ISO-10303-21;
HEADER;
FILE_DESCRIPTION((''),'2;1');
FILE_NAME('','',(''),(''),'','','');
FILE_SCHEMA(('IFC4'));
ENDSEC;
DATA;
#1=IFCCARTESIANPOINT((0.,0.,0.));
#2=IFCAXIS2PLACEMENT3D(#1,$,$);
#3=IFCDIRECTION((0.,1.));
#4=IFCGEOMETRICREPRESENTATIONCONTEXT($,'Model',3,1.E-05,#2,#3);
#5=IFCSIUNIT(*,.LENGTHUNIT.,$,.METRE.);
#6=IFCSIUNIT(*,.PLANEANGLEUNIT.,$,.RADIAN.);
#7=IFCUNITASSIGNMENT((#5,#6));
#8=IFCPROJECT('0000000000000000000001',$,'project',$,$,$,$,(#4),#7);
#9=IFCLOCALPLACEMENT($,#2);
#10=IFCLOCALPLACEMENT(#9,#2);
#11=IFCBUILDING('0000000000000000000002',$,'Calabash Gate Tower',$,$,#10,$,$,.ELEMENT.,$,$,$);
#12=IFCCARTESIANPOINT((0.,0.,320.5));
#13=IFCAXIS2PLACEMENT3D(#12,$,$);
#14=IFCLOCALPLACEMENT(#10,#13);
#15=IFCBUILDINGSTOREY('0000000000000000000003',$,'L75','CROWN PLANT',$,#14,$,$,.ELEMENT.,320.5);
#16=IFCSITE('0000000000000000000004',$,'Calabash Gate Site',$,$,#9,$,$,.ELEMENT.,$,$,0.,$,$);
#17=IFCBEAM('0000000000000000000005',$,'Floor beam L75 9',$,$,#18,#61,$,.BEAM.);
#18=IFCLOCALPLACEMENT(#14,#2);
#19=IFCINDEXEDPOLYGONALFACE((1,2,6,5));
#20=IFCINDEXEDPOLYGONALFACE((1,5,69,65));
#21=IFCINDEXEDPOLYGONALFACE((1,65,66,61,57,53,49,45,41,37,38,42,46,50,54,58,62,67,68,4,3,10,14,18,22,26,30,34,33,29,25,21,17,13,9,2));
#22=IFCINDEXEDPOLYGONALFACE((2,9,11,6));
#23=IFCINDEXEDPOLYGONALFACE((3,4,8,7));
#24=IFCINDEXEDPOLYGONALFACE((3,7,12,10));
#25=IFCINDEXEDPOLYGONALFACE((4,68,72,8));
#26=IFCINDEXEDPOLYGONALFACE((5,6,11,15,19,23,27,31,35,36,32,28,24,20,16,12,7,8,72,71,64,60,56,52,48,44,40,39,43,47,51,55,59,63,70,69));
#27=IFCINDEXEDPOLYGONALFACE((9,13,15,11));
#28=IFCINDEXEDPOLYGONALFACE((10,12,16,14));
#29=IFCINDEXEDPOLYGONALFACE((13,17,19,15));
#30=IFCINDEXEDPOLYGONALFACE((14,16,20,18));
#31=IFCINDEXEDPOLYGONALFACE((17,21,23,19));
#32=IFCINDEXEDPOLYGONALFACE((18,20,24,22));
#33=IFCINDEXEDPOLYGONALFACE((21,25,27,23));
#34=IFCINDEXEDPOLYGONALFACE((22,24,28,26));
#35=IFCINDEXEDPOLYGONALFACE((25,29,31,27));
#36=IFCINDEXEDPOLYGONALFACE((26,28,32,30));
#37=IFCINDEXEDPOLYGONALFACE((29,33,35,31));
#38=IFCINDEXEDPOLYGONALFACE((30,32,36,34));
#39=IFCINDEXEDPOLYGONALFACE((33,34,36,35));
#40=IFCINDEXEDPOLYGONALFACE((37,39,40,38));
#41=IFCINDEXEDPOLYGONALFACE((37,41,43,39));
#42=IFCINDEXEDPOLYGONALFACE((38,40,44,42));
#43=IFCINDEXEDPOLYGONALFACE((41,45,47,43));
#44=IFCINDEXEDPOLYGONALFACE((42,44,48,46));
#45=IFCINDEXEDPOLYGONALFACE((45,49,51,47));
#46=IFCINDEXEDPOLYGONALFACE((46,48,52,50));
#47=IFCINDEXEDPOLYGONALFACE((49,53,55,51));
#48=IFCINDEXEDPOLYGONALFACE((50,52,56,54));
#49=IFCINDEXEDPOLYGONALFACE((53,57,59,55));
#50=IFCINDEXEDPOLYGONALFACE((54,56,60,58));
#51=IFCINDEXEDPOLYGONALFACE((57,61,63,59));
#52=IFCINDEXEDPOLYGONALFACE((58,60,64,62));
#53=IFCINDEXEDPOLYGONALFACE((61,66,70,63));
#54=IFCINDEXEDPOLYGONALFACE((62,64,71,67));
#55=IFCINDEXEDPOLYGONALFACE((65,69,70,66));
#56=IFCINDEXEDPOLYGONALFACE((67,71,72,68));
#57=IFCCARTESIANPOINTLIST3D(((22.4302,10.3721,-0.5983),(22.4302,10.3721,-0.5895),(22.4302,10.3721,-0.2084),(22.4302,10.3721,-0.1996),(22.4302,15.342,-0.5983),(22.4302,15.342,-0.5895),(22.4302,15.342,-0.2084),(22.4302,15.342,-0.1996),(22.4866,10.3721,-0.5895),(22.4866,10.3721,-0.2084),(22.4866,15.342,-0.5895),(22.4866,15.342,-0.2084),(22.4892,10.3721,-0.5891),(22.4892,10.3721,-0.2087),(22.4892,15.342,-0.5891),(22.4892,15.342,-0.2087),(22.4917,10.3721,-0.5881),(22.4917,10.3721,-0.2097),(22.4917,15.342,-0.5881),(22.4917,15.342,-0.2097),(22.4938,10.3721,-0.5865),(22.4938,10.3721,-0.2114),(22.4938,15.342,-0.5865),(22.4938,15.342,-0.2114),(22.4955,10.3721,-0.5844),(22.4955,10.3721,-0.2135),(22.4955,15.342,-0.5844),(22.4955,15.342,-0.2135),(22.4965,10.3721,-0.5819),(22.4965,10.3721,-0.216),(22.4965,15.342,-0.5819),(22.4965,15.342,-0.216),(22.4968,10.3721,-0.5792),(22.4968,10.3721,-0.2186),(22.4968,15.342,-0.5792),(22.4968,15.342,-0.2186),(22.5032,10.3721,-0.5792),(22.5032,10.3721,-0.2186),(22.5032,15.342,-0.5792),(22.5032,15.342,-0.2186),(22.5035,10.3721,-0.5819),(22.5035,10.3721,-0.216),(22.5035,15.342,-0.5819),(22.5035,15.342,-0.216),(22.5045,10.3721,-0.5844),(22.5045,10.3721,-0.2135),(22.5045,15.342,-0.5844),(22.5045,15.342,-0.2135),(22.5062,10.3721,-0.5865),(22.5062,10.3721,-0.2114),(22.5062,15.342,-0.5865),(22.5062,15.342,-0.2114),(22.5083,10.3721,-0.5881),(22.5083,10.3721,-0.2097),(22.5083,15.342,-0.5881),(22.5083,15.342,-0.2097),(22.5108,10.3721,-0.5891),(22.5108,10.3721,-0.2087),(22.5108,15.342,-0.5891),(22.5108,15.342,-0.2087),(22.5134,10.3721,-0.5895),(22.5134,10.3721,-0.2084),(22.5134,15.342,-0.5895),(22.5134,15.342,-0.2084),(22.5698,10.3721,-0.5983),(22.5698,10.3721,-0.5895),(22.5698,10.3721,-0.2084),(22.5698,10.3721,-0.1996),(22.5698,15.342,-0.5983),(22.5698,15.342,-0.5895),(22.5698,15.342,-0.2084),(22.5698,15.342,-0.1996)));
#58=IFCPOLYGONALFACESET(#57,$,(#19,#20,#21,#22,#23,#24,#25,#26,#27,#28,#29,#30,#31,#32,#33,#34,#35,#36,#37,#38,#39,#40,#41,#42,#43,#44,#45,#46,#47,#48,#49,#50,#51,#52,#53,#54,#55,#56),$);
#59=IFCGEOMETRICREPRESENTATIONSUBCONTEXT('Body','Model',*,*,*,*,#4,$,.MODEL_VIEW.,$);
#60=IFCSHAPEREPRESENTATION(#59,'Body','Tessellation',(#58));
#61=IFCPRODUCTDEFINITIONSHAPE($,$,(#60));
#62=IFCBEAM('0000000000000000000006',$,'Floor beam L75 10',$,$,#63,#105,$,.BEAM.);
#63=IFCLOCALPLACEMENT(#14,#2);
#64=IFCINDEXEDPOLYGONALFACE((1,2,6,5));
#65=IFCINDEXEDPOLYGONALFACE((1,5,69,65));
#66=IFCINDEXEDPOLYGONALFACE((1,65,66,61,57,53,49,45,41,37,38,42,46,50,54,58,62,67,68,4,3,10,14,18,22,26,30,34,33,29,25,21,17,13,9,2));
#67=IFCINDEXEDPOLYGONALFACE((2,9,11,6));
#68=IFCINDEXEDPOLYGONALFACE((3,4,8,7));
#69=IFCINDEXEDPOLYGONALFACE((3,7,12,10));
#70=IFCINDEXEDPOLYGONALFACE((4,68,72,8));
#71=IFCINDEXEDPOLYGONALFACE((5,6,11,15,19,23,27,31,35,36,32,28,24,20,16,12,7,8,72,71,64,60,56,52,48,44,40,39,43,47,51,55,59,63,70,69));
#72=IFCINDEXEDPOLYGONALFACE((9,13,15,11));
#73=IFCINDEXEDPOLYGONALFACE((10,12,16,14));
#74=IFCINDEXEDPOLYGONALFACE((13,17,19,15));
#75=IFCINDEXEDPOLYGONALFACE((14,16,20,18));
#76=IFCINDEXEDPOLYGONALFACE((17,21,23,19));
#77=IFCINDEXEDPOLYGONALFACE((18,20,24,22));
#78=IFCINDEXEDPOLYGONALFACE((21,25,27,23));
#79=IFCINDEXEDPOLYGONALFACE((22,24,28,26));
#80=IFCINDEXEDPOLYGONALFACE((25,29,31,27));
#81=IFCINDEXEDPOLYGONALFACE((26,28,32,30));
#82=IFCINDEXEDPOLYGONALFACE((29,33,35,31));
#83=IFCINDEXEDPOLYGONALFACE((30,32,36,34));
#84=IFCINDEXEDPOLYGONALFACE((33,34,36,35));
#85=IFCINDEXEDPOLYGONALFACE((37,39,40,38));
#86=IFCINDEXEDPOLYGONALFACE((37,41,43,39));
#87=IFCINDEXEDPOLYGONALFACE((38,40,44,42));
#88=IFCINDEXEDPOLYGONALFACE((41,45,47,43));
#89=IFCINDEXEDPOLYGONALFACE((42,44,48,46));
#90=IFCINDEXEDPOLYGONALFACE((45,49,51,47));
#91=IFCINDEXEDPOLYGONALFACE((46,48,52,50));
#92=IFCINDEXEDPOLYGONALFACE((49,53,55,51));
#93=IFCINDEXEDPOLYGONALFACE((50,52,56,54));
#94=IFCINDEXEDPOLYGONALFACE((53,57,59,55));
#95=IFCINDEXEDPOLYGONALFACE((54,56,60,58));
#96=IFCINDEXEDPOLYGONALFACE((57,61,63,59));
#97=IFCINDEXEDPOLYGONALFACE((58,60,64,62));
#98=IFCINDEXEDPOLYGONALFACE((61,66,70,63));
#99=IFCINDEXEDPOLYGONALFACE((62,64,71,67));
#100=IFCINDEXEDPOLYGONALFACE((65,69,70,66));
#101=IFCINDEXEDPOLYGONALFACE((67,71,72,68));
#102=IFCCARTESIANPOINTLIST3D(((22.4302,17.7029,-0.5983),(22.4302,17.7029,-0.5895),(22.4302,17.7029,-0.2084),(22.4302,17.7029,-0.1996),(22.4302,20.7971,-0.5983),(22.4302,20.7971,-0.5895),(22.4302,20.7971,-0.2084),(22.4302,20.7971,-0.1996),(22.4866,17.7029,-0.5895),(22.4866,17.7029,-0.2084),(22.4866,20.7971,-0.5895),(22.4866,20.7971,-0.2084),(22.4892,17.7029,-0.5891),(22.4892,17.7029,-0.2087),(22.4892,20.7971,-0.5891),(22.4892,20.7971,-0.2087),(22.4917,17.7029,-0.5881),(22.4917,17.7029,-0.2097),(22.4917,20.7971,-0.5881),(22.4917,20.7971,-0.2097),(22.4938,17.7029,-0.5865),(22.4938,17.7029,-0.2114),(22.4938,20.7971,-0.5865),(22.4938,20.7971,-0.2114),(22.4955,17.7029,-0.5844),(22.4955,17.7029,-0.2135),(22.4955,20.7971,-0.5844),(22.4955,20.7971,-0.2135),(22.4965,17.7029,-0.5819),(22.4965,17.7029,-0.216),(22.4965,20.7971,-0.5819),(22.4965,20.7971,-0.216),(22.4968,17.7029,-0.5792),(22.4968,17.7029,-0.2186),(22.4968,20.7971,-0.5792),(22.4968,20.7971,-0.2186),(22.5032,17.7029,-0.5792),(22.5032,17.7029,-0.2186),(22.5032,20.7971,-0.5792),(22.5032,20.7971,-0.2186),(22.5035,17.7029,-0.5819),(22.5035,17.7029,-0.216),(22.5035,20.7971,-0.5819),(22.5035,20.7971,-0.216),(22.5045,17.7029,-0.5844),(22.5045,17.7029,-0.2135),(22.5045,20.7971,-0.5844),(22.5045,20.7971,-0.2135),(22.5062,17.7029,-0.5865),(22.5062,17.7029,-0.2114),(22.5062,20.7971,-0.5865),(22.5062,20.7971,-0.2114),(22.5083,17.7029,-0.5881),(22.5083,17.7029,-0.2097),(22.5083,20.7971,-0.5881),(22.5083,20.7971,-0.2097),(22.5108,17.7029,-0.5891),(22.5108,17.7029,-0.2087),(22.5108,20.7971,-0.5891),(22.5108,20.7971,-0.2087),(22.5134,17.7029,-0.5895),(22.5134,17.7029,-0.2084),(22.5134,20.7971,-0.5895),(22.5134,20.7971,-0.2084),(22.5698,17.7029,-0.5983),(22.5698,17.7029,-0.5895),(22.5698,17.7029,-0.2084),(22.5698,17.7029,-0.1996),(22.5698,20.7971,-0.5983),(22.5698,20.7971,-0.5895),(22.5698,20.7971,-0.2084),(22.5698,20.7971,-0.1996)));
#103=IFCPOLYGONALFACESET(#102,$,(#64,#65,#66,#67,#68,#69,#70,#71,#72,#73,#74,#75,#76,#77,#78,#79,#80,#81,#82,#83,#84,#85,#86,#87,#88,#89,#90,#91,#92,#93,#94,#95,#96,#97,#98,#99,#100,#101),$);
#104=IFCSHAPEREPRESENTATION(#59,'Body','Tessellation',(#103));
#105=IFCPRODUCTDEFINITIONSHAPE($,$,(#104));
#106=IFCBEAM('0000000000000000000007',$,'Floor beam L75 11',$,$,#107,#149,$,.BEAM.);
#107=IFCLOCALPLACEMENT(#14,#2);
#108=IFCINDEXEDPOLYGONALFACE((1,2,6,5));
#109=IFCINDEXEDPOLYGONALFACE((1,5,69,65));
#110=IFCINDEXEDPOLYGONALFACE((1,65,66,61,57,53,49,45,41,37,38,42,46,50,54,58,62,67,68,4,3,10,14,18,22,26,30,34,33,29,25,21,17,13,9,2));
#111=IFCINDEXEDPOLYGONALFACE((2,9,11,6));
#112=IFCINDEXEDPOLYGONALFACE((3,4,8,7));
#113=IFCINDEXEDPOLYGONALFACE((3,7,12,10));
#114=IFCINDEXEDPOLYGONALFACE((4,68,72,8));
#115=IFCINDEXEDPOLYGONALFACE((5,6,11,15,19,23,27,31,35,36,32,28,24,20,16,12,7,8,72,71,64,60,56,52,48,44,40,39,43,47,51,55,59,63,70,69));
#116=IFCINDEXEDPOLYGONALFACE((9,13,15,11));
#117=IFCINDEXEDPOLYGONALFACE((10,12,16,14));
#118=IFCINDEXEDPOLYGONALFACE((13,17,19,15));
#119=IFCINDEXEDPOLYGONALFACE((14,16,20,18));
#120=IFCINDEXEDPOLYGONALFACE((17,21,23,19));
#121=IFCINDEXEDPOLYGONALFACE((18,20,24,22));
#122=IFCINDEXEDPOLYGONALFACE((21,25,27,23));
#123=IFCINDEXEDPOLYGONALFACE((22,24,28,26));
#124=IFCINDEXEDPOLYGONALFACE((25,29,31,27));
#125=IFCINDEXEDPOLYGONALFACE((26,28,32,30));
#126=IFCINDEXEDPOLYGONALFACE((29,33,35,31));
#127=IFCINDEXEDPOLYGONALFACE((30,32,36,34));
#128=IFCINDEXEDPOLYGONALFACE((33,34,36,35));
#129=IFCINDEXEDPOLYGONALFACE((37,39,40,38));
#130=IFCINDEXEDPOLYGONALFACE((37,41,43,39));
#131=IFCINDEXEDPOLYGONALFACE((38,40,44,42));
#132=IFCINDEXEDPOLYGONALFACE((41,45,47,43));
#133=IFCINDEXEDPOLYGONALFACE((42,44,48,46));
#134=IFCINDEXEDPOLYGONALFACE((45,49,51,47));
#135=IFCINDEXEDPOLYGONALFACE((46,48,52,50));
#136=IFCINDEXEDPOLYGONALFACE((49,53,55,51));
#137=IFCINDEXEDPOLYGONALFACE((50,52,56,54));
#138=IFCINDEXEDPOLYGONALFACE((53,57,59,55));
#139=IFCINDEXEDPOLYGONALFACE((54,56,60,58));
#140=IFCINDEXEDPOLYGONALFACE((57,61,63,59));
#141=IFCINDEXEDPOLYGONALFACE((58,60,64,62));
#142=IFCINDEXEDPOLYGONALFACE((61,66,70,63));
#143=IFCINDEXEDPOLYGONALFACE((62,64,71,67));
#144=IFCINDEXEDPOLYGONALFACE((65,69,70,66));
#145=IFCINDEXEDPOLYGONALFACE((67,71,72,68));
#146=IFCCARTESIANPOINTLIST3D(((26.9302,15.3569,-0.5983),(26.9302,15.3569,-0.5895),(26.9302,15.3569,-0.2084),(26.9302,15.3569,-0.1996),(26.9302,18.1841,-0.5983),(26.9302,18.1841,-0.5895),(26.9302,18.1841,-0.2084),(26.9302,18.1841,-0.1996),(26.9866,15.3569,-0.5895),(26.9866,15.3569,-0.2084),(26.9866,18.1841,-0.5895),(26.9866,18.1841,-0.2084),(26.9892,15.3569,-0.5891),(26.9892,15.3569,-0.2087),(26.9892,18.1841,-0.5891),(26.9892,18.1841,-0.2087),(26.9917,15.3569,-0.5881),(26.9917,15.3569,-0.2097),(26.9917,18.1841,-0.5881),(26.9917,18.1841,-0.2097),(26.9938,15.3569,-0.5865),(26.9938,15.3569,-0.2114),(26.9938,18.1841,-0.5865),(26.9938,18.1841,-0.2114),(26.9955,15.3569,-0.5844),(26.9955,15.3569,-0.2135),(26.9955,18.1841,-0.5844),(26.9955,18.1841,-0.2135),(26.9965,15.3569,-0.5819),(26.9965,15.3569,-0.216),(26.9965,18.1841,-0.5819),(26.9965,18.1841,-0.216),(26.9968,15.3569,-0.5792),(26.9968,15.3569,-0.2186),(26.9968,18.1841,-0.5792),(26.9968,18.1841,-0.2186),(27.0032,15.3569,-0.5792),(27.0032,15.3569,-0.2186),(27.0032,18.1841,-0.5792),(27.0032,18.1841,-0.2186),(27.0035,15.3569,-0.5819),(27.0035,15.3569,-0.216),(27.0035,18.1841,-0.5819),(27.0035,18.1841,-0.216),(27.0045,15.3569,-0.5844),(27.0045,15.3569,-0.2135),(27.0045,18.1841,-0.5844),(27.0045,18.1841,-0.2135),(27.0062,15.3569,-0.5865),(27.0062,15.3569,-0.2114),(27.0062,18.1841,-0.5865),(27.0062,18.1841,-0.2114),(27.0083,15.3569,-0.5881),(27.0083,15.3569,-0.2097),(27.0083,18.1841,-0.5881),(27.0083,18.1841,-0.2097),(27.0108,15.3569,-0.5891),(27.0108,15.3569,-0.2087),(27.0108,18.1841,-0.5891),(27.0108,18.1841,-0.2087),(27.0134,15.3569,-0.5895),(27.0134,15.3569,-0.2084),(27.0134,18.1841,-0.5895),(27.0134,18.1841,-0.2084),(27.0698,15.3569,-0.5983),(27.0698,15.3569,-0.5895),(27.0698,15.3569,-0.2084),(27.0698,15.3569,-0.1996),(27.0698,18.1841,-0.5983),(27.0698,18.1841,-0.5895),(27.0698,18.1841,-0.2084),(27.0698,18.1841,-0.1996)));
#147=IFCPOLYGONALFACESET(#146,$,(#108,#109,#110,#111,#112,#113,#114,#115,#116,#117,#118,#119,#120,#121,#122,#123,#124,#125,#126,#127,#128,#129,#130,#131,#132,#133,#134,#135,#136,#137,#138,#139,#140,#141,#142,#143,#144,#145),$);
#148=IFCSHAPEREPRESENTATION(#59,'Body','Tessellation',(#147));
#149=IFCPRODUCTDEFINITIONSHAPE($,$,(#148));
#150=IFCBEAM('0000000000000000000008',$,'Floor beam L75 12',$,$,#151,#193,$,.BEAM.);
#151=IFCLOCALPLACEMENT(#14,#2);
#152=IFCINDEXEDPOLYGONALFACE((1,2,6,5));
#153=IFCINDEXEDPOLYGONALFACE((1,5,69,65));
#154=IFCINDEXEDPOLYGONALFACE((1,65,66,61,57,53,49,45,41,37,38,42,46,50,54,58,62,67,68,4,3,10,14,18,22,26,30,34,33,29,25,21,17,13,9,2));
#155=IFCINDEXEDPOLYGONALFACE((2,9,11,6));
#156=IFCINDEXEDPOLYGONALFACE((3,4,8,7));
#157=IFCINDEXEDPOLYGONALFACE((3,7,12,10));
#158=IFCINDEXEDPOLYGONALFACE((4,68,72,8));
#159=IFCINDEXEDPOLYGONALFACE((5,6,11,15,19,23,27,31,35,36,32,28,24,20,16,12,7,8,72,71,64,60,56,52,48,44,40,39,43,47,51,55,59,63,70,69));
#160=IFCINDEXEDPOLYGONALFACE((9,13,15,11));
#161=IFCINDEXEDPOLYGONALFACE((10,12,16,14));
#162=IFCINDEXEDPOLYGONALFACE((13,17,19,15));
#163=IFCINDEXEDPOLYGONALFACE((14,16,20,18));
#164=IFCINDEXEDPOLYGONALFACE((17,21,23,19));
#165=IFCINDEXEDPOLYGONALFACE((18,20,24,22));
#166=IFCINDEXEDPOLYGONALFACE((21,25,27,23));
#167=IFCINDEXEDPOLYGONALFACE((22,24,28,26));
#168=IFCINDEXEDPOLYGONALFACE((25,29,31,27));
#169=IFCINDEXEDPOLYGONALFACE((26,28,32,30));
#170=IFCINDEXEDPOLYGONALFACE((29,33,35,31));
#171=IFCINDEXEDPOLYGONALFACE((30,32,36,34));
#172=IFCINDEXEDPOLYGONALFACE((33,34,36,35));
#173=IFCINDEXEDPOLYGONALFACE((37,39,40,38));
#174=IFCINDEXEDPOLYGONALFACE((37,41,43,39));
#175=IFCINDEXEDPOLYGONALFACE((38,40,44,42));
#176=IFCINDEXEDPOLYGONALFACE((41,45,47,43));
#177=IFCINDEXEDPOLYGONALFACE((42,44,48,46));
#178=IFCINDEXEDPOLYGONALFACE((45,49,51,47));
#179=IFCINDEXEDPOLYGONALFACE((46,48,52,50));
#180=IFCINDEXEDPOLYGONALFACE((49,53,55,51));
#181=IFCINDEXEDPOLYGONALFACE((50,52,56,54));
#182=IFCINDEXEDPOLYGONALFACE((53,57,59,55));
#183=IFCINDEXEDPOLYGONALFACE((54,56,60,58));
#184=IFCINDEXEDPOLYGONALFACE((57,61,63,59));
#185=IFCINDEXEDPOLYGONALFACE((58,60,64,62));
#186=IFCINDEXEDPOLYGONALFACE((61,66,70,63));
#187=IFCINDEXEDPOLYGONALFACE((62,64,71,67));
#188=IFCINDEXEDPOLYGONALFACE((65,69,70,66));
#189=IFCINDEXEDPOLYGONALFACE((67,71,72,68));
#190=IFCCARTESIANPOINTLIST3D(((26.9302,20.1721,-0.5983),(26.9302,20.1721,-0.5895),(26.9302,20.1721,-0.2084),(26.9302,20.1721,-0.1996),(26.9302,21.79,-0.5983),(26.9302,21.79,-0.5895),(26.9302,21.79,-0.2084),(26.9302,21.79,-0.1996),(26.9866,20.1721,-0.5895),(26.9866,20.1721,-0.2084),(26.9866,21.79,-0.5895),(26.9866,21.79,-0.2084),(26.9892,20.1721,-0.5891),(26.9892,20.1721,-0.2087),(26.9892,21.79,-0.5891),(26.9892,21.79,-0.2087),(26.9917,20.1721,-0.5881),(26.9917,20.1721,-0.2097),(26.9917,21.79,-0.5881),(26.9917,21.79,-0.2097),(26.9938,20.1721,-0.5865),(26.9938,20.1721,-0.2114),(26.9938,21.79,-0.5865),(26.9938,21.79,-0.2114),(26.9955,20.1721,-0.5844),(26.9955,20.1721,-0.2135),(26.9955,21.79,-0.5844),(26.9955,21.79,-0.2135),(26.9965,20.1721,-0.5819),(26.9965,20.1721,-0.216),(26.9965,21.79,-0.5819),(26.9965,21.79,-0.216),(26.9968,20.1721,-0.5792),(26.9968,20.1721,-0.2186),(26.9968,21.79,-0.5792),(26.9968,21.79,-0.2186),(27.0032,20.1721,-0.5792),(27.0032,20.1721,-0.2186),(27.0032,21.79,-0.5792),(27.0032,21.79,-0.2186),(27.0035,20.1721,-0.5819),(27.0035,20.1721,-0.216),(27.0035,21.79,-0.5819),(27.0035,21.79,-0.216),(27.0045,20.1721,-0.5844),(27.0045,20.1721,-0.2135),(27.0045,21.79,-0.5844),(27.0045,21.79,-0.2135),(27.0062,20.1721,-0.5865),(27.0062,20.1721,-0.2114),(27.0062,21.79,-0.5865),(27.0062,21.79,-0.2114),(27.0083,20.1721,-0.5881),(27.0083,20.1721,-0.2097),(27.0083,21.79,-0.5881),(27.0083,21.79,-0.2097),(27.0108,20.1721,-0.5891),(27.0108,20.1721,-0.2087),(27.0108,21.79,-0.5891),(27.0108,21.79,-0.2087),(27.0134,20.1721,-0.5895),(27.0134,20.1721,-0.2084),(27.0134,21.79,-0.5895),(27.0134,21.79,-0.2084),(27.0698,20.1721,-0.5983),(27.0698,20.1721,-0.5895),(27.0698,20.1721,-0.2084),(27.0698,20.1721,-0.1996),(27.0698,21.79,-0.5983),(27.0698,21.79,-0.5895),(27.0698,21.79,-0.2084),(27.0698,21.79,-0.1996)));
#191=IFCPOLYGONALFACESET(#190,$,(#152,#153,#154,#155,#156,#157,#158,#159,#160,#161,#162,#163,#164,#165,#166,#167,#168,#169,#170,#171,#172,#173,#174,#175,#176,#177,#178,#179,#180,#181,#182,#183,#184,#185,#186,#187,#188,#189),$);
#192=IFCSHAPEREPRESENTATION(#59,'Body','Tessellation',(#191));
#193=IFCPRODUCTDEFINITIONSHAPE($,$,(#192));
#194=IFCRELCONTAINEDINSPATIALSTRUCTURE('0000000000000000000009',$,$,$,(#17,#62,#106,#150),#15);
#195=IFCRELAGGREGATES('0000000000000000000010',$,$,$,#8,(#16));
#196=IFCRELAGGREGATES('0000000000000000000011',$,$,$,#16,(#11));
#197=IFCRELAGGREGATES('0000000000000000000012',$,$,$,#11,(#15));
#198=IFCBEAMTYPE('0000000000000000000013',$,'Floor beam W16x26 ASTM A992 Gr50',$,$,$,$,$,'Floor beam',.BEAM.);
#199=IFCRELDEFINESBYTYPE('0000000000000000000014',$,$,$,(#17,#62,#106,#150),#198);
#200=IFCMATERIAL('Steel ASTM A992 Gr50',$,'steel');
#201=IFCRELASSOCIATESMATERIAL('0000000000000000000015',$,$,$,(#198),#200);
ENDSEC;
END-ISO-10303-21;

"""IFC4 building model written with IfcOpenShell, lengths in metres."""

from ifc_helpers import new_model, si_unit, direction, frame, origin, origin_2d, place, context, subcontext, project, spatial, i_section, extrude, material, material_profile, profile_set, type_object, element, save


model = new_model("IFC4")

# Units and contexts
model_context = context("Model", 3, precision=1e-05, world=origin(), true_north=direction((0.0, 1.0)))
body_context = subcontext(model_context, "Body", "Model", "MODEL_VIEW")
ifc_project = project(units=[si_unit("LENGTHUNIT", "METRE"), si_unit("PLANEANGLEUNIT", "RADIAN")], contexts=[model_context])

# Site, building, storey
site_placement = place(None, origin())
site = spatial("IfcSite", under=ifc_project, at=site_placement, Name="Calabash Gate Site", CompositionType="ELEMENT", RefElevation=0.0)
building_placement = place(site_placement, origin())
building = spatial("IfcBuilding", under=site, at=building_placement, Name="Calabash Gate Tower", CompositionType="ELEMENT")
storey_placement = place(building_placement, frame((0.0, 0.0, 320.5)))
storey = spatial("IfcBuildingStorey", under=building, at=storey_placement, Name="L75", Description="CROWN PLANT", CompositionType="ELEMENT", Elevation=320.5)

# Beams
ifc_material_1 = material(Name="Steel ASTM A992 Gr50", Category="steel")
ifc_material_profile_1 = material_profile(ifc_material_1, i_section(OverallWidth=0.1396, OverallDepth=0.3987, WebThickness=0.0063, FlangeThickness=0.0088, FilletRadius=0.0103, at=origin_2d()))
ifc_profile_set_1 = profile_set([ifc_material_profile_1], Name="Steel ASTM A992 Gr50")
beam_type_1 = type_object("IfcBeamType", Name="Floor beam W16x26 ASTM A992 Gr50", ElementType="Floor beam", PredefinedType="BEAM", material=ifc_profile_set_1)
beam_1_placement = place(storey_placement, frame((22.5, 10.3721, -0.3989), z_axis=(0.0, 1.0, 0.0), x_axis=(-1.0, 0.0, 0.0)))
element("IfcBeam", 1, at=beam_1_placement, inside=storey, type_object=beam_type_1, Name="Floor beam L75 9", PredefinedType="BEAM", context=body_context, shape_type="SweptSolid", body=[
    extrude(i_section(OverallWidth=0.1396, OverallDepth=0.3987, WebThickness=0.0063, FlangeThickness=0.0088, FilletRadius=0.0103, at=origin_2d()), origin(), (0.0, 0.0, 1.0), 4.97),
])
beam_2_placement = place(storey_placement, frame((22.5, 17.7029, -0.3989), z_axis=(0.0, 1.0, 0.0), x_axis=(-1.0, 0.0, 0.0)))
element("IfcBeam", 2, at=beam_2_placement, inside=storey, type_object=beam_type_1, Name="Floor beam L75 10", PredefinedType="BEAM", context=body_context, shape_type="SweptSolid", body=[
    extrude(i_section(OverallWidth=0.1396, OverallDepth=0.3987, WebThickness=0.0063, FlangeThickness=0.0088, FilletRadius=0.0103, at=origin_2d()), origin(), (0.0, 0.0, 1.0), 3.0942),
])
beam_3_placement = place(storey_placement, frame((27.0, 15.3569, -0.3989), z_axis=(0.0, 1.0, 0.0), x_axis=(-1.0, 0.0, 0.0)))
element("IfcBeam", 3, at=beam_3_placement, inside=storey, type_object=beam_type_1, Name="Floor beam L75 11", PredefinedType="BEAM", context=body_context, shape_type="SweptSolid", body=[
    extrude(i_section(OverallWidth=0.1396, OverallDepth=0.3987, WebThickness=0.0063, FlangeThickness=0.0088, FilletRadius=0.0103, at=origin_2d()), origin(), (0.0, 0.0, 1.0), 2.8271),
])
beam_4_placement = place(storey_placement, frame((27.0, 20.1721, -0.3989), z_axis=(0.0, 1.0, 0.0), x_axis=(-1.0, 0.0, 0.0)))
element("IfcBeam", 4, at=beam_4_placement, inside=storey, type_object=beam_type_1, Name="Floor beam L75 12", PredefinedType="BEAM", context=body_context, shape_type="SweptSolid", body=[
    extrude(i_section(OverallWidth=0.1396, OverallDepth=0.3987, WebThickness=0.0063, FlangeThickness=0.0088, FilletRadius=0.0103, at=origin_2d()), origin(), (0.0, 0.0, 1.0), 1.6179),
])

save(model, "model.ifc")
